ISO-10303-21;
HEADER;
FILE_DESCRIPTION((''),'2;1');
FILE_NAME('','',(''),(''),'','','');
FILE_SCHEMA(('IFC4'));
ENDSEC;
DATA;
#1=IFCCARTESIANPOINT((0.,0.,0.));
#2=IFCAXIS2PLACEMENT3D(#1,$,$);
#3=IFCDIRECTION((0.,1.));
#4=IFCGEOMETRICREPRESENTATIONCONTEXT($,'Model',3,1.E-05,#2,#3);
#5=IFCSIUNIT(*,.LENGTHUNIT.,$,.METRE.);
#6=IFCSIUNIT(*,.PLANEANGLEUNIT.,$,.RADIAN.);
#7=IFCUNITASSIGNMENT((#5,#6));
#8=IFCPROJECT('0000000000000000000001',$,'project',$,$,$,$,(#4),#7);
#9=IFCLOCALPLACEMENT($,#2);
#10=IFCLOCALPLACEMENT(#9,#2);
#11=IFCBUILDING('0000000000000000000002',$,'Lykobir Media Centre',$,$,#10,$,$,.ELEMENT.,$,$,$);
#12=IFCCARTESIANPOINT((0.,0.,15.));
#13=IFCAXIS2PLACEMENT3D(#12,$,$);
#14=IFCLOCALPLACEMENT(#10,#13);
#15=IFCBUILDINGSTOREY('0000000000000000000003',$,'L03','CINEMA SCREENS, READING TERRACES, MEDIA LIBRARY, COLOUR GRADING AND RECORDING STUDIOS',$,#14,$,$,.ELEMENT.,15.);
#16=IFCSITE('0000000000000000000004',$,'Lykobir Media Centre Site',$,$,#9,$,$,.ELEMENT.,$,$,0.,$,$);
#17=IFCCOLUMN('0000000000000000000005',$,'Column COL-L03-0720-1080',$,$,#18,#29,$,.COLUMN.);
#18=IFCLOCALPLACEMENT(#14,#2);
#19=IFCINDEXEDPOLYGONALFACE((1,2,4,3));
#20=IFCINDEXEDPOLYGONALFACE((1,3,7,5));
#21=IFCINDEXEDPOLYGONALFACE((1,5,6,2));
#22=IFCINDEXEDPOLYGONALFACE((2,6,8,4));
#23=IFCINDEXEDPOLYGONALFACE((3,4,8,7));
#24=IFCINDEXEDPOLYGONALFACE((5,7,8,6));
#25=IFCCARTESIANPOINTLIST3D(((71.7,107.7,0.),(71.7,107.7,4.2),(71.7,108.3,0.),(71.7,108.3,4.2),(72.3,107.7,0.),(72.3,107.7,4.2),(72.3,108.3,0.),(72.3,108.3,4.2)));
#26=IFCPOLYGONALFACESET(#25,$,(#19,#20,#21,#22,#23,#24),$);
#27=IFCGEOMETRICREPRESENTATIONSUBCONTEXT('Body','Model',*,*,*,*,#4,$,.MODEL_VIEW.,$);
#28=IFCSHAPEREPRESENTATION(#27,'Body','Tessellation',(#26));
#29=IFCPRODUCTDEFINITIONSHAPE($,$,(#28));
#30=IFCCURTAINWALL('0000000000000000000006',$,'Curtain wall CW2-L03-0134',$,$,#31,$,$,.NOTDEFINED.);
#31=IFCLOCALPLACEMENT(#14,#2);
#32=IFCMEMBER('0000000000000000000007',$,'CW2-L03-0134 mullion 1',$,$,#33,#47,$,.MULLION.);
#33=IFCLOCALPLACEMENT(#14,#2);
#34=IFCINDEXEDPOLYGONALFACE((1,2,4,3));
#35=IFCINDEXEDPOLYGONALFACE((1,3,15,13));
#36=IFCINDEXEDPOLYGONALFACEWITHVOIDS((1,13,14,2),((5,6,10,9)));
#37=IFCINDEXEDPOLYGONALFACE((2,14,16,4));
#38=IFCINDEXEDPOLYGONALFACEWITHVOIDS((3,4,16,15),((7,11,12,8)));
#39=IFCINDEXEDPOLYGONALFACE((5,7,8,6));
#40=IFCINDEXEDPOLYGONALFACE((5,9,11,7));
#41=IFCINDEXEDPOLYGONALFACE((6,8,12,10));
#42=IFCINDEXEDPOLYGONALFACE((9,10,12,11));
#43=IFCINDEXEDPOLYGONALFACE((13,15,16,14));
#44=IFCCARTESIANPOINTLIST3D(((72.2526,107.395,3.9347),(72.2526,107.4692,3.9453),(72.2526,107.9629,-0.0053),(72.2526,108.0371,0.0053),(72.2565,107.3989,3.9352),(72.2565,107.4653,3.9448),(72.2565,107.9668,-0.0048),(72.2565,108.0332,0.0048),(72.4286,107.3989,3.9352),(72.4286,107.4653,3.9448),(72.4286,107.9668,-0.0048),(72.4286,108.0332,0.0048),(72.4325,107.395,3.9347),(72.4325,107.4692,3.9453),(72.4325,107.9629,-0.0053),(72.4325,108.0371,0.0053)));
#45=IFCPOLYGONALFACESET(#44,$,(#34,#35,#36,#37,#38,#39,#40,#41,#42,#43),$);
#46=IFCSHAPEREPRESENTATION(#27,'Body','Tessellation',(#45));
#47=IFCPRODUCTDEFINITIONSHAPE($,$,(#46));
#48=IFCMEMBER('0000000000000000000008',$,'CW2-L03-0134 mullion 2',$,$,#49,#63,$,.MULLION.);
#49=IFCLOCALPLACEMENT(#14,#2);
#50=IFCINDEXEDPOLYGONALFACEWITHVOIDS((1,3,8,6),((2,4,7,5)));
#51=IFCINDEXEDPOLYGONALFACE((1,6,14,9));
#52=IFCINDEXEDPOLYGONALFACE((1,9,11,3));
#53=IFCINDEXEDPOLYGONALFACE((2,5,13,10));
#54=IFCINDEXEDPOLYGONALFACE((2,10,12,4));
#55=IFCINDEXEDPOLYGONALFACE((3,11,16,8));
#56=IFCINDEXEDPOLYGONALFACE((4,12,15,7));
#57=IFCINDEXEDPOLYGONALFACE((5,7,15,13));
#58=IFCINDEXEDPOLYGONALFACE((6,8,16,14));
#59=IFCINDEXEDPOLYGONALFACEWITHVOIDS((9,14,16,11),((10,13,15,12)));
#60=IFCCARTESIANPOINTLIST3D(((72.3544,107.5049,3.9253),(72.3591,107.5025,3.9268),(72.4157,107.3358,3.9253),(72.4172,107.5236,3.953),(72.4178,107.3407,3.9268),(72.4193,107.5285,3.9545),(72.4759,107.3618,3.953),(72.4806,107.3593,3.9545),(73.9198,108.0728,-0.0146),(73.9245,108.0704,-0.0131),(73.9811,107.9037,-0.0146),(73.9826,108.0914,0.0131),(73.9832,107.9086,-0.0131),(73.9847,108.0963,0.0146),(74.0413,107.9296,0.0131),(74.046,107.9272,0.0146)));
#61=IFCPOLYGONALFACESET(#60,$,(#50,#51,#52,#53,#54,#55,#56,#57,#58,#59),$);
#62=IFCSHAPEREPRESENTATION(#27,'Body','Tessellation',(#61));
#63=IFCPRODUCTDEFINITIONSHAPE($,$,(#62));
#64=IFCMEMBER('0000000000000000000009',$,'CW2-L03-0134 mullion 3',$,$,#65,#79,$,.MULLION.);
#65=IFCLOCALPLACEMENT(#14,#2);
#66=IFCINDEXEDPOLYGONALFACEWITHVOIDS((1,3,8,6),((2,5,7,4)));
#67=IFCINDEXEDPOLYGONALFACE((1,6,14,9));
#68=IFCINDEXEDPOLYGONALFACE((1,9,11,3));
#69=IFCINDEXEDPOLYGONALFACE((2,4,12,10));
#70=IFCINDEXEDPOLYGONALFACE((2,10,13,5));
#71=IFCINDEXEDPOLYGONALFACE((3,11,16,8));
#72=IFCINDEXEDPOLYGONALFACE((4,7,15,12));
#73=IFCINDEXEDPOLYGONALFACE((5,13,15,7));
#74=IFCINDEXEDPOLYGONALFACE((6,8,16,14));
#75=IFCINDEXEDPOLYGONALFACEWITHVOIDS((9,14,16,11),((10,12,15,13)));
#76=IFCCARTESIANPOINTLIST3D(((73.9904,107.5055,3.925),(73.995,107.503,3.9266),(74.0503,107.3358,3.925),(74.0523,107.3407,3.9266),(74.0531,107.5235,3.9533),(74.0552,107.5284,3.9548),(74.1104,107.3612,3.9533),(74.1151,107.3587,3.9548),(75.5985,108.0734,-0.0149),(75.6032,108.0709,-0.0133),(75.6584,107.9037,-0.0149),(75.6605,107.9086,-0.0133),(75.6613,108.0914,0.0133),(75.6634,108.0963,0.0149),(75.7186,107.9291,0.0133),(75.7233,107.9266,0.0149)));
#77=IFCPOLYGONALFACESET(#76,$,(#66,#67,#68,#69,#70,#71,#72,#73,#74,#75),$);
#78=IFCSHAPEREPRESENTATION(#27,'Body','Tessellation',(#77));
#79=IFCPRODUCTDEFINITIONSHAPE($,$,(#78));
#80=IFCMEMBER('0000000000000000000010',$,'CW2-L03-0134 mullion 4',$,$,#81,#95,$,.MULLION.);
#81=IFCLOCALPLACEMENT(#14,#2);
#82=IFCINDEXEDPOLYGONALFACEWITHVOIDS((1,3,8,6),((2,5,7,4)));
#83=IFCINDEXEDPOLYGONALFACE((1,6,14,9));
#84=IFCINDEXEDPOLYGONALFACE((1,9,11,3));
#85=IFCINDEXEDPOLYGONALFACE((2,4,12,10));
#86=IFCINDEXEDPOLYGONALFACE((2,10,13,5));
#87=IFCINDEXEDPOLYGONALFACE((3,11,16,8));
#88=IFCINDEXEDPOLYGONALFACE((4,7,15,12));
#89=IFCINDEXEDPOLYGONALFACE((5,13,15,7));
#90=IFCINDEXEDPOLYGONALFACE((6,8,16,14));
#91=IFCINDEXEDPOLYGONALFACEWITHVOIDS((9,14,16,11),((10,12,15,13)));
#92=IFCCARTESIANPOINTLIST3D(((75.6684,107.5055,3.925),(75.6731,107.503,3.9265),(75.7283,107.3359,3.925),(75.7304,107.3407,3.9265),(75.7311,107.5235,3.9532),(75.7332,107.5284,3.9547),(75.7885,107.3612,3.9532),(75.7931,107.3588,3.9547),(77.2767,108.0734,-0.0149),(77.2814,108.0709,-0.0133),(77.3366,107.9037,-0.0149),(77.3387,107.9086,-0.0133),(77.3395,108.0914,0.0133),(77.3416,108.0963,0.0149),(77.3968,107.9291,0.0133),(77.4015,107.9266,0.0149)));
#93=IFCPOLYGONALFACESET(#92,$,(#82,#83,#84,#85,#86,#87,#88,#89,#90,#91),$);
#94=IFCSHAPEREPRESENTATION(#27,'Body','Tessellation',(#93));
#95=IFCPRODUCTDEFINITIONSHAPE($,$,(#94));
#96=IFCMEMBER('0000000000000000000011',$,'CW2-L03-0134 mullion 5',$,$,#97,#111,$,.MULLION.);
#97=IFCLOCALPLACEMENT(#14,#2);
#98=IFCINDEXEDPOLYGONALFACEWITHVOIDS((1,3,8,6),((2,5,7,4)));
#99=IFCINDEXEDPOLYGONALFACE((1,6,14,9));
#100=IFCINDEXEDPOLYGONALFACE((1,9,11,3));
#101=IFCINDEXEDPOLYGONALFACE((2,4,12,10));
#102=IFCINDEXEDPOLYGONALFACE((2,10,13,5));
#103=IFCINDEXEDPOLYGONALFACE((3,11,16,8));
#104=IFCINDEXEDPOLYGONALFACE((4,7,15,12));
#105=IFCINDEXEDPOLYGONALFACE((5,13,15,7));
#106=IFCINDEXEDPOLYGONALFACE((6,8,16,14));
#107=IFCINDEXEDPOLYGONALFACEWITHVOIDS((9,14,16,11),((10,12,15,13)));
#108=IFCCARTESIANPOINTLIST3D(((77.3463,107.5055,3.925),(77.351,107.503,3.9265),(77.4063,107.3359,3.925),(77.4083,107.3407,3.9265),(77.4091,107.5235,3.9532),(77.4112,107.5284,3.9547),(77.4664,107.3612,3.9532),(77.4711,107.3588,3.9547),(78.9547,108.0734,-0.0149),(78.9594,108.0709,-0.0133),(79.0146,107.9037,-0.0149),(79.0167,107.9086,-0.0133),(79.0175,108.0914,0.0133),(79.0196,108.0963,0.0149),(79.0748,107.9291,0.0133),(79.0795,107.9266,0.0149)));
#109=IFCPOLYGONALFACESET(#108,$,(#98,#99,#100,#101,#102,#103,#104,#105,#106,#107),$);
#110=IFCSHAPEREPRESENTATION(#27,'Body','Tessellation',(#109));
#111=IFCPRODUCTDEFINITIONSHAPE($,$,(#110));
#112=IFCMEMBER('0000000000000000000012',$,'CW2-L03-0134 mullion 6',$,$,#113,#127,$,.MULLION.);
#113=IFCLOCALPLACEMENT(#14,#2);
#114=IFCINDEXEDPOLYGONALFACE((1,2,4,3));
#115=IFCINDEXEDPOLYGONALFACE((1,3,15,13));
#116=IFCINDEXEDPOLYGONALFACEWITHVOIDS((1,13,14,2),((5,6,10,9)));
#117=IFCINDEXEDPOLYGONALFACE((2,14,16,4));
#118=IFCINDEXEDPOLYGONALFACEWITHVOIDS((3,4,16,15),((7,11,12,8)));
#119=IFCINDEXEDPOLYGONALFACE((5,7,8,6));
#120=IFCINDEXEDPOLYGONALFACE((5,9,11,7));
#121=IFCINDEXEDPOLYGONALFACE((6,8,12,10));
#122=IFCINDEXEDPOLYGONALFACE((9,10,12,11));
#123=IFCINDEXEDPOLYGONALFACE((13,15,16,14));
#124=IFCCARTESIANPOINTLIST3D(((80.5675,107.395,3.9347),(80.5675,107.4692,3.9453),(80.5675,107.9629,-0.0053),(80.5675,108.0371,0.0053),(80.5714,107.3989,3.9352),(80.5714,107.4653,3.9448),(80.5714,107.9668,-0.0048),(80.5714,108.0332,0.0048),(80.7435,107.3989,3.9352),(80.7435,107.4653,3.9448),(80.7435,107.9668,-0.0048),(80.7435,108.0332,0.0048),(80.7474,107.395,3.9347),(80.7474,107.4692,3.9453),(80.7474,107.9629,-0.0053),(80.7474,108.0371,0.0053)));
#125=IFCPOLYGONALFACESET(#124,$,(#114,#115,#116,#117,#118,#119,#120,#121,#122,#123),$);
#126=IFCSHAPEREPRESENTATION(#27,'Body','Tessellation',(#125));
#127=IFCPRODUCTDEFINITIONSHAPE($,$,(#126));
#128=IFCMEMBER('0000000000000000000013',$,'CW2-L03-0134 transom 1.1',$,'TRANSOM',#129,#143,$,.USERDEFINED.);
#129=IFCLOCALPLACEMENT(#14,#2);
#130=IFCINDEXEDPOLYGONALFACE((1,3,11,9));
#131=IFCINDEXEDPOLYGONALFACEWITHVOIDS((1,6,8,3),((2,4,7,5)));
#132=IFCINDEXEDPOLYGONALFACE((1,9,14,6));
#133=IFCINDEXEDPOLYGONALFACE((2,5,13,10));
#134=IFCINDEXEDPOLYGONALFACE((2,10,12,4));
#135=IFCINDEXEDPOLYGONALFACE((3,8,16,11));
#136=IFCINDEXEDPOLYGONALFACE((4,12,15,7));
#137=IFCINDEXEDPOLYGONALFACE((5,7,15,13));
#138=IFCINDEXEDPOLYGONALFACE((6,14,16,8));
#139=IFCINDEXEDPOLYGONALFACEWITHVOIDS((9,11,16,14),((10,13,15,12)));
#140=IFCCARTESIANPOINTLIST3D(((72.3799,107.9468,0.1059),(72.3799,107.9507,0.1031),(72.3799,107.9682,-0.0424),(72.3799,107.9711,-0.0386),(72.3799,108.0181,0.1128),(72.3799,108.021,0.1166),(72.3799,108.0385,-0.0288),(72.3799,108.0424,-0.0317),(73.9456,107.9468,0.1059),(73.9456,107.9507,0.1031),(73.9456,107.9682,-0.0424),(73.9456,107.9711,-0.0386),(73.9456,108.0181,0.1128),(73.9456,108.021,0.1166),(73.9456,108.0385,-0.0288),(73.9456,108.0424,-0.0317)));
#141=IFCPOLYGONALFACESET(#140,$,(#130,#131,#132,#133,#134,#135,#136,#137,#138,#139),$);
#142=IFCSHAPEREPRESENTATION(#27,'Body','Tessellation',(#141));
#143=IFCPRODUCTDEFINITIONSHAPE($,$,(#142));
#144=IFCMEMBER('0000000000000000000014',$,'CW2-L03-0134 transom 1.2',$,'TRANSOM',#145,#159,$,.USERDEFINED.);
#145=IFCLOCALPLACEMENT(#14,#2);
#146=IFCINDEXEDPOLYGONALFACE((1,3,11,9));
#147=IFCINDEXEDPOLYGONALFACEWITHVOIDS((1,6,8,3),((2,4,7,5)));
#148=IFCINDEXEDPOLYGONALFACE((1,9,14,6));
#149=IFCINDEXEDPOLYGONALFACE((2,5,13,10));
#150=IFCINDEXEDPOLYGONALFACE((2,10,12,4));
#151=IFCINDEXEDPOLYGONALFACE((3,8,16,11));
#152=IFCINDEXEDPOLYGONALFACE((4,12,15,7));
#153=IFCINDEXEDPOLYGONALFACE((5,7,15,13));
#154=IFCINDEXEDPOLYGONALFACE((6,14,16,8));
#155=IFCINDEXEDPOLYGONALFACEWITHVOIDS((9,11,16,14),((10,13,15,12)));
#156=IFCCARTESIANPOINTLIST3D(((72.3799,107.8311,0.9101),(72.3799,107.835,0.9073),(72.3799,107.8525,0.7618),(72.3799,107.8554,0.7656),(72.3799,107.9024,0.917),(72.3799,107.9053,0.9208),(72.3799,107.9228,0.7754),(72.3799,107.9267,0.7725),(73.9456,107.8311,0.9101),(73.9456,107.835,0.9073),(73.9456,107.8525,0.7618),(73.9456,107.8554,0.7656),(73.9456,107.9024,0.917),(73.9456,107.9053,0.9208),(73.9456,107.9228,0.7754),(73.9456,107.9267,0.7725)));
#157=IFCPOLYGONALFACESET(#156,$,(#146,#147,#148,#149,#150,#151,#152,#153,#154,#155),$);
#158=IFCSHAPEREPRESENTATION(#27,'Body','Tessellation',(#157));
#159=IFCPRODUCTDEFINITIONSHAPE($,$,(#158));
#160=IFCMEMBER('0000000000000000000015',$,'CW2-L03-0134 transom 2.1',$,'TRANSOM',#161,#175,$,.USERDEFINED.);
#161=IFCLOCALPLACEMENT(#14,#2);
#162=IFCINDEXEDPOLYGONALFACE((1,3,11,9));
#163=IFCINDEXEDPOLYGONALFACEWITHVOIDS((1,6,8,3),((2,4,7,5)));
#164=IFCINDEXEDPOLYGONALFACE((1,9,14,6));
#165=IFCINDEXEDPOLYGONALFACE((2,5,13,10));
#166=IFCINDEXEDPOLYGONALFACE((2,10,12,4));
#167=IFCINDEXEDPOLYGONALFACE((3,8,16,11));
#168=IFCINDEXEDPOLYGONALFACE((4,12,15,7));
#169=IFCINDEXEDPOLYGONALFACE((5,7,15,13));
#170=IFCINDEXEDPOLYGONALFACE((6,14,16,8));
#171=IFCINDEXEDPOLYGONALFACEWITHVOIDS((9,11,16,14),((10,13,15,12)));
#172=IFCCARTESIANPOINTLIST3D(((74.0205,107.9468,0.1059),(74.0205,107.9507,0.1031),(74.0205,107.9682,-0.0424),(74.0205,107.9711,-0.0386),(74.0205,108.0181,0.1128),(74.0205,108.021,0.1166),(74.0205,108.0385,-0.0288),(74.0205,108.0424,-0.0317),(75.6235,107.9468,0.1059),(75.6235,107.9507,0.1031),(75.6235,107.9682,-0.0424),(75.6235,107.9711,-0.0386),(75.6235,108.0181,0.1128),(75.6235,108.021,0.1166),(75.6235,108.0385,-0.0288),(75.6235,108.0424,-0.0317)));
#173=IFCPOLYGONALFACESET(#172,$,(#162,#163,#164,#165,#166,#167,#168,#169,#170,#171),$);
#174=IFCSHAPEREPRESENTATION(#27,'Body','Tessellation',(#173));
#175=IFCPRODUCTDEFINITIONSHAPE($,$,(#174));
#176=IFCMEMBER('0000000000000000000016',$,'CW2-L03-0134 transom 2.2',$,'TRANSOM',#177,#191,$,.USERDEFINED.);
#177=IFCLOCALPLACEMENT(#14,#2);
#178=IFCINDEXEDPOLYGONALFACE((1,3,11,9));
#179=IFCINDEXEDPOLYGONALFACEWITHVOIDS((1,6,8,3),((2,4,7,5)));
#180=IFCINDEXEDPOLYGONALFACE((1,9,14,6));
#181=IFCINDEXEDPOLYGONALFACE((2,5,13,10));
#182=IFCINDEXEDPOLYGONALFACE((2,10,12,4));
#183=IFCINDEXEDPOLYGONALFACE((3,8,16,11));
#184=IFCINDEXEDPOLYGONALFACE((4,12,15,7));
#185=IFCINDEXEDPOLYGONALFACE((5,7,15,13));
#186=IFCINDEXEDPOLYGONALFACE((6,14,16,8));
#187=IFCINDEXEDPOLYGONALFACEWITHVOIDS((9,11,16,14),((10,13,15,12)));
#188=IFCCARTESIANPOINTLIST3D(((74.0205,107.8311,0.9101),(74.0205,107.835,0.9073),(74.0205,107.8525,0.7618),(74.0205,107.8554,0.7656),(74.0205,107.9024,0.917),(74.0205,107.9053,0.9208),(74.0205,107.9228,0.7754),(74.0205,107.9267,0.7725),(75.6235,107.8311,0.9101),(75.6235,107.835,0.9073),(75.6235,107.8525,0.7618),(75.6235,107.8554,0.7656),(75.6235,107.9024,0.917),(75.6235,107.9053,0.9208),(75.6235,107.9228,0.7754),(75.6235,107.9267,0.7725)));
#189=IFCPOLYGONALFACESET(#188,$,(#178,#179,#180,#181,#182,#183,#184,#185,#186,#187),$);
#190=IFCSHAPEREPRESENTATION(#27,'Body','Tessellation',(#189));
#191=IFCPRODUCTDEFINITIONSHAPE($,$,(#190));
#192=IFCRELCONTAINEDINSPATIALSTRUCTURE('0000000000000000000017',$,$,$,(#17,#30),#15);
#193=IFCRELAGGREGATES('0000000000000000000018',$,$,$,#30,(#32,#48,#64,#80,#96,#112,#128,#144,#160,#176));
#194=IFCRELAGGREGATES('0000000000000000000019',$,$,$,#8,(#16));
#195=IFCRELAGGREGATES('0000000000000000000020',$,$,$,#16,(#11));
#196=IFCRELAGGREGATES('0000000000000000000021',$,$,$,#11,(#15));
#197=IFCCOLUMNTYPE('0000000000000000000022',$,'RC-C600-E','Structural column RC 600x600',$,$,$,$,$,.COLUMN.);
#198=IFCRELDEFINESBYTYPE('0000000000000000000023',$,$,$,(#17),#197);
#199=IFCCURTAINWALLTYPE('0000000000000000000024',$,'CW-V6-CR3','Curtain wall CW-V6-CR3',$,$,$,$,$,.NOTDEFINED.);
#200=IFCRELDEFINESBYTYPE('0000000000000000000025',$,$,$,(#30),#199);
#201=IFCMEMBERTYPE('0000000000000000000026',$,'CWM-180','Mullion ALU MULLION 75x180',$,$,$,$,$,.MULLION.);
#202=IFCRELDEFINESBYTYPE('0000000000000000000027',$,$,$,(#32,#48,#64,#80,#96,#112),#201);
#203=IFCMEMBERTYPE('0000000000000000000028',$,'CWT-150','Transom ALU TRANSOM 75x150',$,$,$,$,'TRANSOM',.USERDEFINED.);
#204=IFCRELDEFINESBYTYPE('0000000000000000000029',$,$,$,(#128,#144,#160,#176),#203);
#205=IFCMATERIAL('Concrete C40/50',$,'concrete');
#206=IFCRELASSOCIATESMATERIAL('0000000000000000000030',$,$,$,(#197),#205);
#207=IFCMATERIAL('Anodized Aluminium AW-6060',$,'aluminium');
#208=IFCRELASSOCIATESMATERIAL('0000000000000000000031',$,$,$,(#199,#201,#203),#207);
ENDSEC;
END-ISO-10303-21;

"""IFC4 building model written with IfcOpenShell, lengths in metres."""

from ifc_helpers import new_model, si_unit, direction, frame, origin, origin_2d, place, context, subcontext, project, spatial, rectangle, hollow_rectangle, extrude, material, material_profile, profile_set, type_object, element, aggregate, save


model = new_model("IFC4")

# Units and contexts
model_context = context("Model", 3, precision=1e-05, world=origin(), true_north=direction((0.0, 1.0)))
body_context = subcontext(model_context, "Body", "Model", "MODEL_VIEW")
ifc_project = project(units=[si_unit("LENGTHUNIT", "METRE"), si_unit("PLANEANGLEUNIT", "RADIAN")], contexts=[model_context])

# Site, building, storey
site_placement = place(None, origin())
site = spatial("IfcSite", under=ifc_project, at=site_placement, Name="Lykobir Media Centre Site", CompositionType="ELEMENT", RefElevation=0.0)
building_placement = place(site_placement, origin())
building = spatial("IfcBuilding", under=site, at=building_placement, Name="Lykobir Media Centre", CompositionType="ELEMENT")
storey_placement = place(building_placement, frame((0.0, 0.0, 15.0)))
storey = spatial("IfcBuildingStorey", under=building, at=storey_placement, Name="L03", Description="CINEMA SCREENS, READING TERRACES, MEDIA LIBRARY, COLOUR GRADING AND RECORDING STUDIOS", CompositionType="ELEMENT", Elevation=15.0)

# Column
ifc_material_1 = material(Name="Concrete C40/50", Category="concrete")
ifc_material_profile_1 = material_profile(ifc_material_1, rectangle(XDim=0.6001, YDim=0.6001, at=origin_2d()), Name="RC 600x600")
ifc_profile_set_1 = profile_set([ifc_material_profile_1], Name="Concrete C40/50")
column_type = type_object("IfcColumnType", Name="RC-C600-E", Description="Structural column RC 600x600", PredefinedType="COLUMN", material=ifc_profile_set_1)
column_placement = place(storey_placement, frame((72.0, 108.0, 0.0), z_axis=(0.0, 0.0, 1.0), x_axis=(1.0, 0.0, 0.0)))
element("IfcColumn", 1, at=column_placement, inside=storey, type_object=column_type, Name="Column COL-L03-0720-1080", PredefinedType="COLUMN", context=body_context, shape_type="SweptSolid", body=[
    extrude(rectangle(XDim=0.6001, YDim=0.6001, at=origin_2d()), origin(), (0.0, 0.0, 1.0), 4.2),
])

# Curtain wall, members
ifc_material_2 = material(Name="Anodized Aluminium AW-6060", Category="aluminium")
curtain_wall_type = type_object("IfcCurtainWallType", Name="CW-V6-CR3", Description="Curtain wall CW-V6-CR3", PredefinedType="NOTDEFINED", material=ifc_material_2)
curtain_wall_placement = place(storey_placement, origin())
curtain_wall = element("IfcCurtainWall", 2, at=curtain_wall_placement, inside=storey, type_object=curtain_wall_type, Name="Curtain wall CW2-L03-0134", PredefinedType="NOTDEFINED")
ifc_material_profile_2 = material_profile(ifc_material_2, hollow_rectangle(XDim=0.075, YDim=0.1799, WallThickness=0.0039, at=origin_2d()), Name="ALU MULLION 75x180")
ifc_profile_set_2 = profile_set([ifc_material_profile_2], Name="Anodized Aluminium AW-6060")
member_type_1 = type_object("IfcMemberType", Name="CWM-180", Description="Mullion ALU MULLION 75x180", PredefinedType="MULLION", material=ifc_profile_set_2)
member_1_placement = place(storey_placement, frame((72.3425, 108.0, 0.0), z_axis=(0.0, -0.142658, 0.989772), x_axis=(0.0, 0.989772, 0.142658)))
member_1 = element("IfcMember", 3, at=member_1_placement, type_object=member_type_1, Name="CW2-L03-0134 mullion 1", PredefinedType="MULLION", context=body_context, shape_type="SweptSolid", body=[
    extrude(hollow_rectangle(XDim=0.075, YDim=0.1799, WallThickness=0.0039, at=origin_2d()), origin(), (0.0, 0.0, 1.0), 3.9807),
])
member_2_placement = place(storey_placement, frame((73.9829, 108.0, 0.0), z_axis=(-0.365977, -0.132761, 0.921106), x_axis=(0.865893, 0.314109, 0.389313)))
member_2 = element("IfcMember", 4, at=member_2_placement, type_object=member_type_1, Name="CW2-L03-0134 mullion 2", PredefinedType="MULLION", context=body_context, shape_type="SweptSolid", body=[
    extrude(hollow_rectangle(XDim=0.075, YDim=0.1799, WallThickness=0.0039, at=origin_2d()), origin(), (0.0, 0.0, 1.0), 4.2773),
])
member_3_placement = place(storey_placement, frame((75.6609, 108.0, 0.0), z_axis=(-0.37458, -0.132271, 0.917711), x_axis=(0.865345, 0.30557, 0.397248)))
member_3 = element("IfcMember", 5, at=member_3_placement, type_object=member_type_1, Name="CW2-L03-0134 mullion 3", PredefinedType="MULLION", context=body_context, shape_type="SweptSolid", body=[
    extrude(hollow_rectangle(XDim=0.075, YDim=0.1799, WallThickness=0.0039, at=origin_2d()), origin(), (0.0, 0.0, 1.0), 4.2932),
])
member_4_placement = place(storey_placement, frame((77.3391, 108.0, 0.0), z_axis=(-0.374628, -0.132269, 0.917692), x_axis=(0.865341, 0.305523, 0.397293)))
member_4 = element("IfcMember", 6, at=member_4_placement, type_object=member_type_1, Name="CW2-L03-0134 mullion 4", PredefinedType="MULLION", context=body_context, shape_type="SweptSolid", body=[
    extrude(hollow_rectangle(XDim=0.075, YDim=0.1799, WallThickness=0.0039, at=origin_2d()), origin(), (0.0, 0.0, 1.0), 4.2932),
])
member_5_placement = place(storey_placement, frame((79.0171, 108.0, 0.0), z_axis=(-0.374628, -0.132269, 0.917692), x_axis=(0.865341, 0.305523, 0.397293)))
member_5 = element("IfcMember", 7, at=member_5_placement, type_object=member_type_1, Name="CW2-L03-0134 mullion 5", PredefinedType="MULLION", context=body_context, shape_type="SweptSolid", body=[
    extrude(hollow_rectangle(XDim=0.075, YDim=0.1799, WallThickness=0.0039, at=origin_2d()), origin(), (0.0, 0.0, 1.0), 4.2932),
])
member_6_placement = place(storey_placement, frame((80.6575, 108.0, 0.0), z_axis=(0.0, -0.142658, 0.989772), x_axis=(0.0, 0.989772, 0.142658)))
member_6 = element("IfcMember", 8, at=member_6_placement, type_object=member_type_1, Name="CW2-L03-0134 mullion 6", PredefinedType="MULLION", context=body_context, shape_type="SweptSolid", body=[
    extrude(hollow_rectangle(XDim=0.075, YDim=0.1799, WallThickness=0.0039, at=origin_2d()), origin(), (0.0, 0.0, 1.0), 3.9807),
])
ifc_material_profile_3 = material_profile(ifc_material_2, hollow_rectangle(XDim=0.075, YDim=0.1499, WallThickness=0.0034, at=origin_2d()), Name="ALU TRANSOM 75x150")
ifc_profile_set_3 = profile_set([ifc_material_profile_3], Name="Anodized Aluminium AW-6060")
member_type_2 = type_object("IfcMemberType", Name="CWT-150", Description="Transom ALU TRANSOM 75x150", ElementType="TRANSOM", PredefinedType="USERDEFINED", material=ifc_profile_set_3)
member_7_placement = place(storey_placement, frame((72.3799, 107.9946, 0.0371), z_axis=(1.0, 0.0, 0.0), x_axis=(0.0, 0.989776, 0.142629)))
member_7 = element("IfcMember", 9, at=member_7_placement, type_object=member_type_2, Name="CW2-L03-0134 transom 1.1", ObjectType="TRANSOM", PredefinedType="USERDEFINED", context=body_context, shape_type="SweptSolid", body=[
    extrude(hollow_rectangle(XDim=0.075, YDim=0.1499, WallThickness=0.0034, at=origin_2d()), origin(), (0.0, 0.0, 1.0), 1.5657),
])
member_8_placement = place(storey_placement, frame((72.3799, 107.8789, 0.8413), z_axis=(1.0, 0.0, 0.0), x_axis=(0.0, 0.989776, 0.142629)))
member_8 = element("IfcMember", 10, at=member_8_placement, type_object=member_type_2, Name="CW2-L03-0134 transom 1.2", ObjectType="TRANSOM", PredefinedType="USERDEFINED", context=body_context, shape_type="SweptSolid", body=[
    extrude(hollow_rectangle(XDim=0.075, YDim=0.1499, WallThickness=0.0034, at=origin_2d()), origin(), (0.0, 0.0, 1.0), 1.5657),
])
member_9_placement = place(storey_placement, frame((74.0205, 107.9946, 0.0371), z_axis=(1.0, 0.0, 0.0), x_axis=(0.0, 0.989776, 0.142629)))
member_9 = element("IfcMember", 11, at=member_9_placement, type_object=member_type_2, Name="CW2-L03-0134 transom 2.1", ObjectType="TRANSOM", PredefinedType="USERDEFINED", context=body_context, shape_type="SweptSolid", body=[
    extrude(hollow_rectangle(XDim=0.075, YDim=0.1499, WallThickness=0.0034, at=origin_2d()), origin(), (0.0, 0.0, 1.0), 1.603),
])
member_10_placement = place(storey_placement, frame((74.0205, 107.8789, 0.8413), z_axis=(1.0, 0.0, 0.0), x_axis=(0.0, 0.989776, 0.142629)))
member_10 = element("IfcMember", 12, at=member_10_placement, type_object=member_type_2, Name="CW2-L03-0134 transom 2.2", ObjectType="TRANSOM", PredefinedType="USERDEFINED", context=body_context, shape_type="SweptSolid", body=[
    extrude(hollow_rectangle(XDim=0.075, YDim=0.1499, WallThickness=0.0034, at=origin_2d()), origin(), (0.0, 0.0, 1.0), 1.603),
])
aggregate(curtain_wall, [member_1, member_2, member_3, member_4, member_5, member_6, member_7, member_8, member_9, member_10])

save(model, "model.ifc")
